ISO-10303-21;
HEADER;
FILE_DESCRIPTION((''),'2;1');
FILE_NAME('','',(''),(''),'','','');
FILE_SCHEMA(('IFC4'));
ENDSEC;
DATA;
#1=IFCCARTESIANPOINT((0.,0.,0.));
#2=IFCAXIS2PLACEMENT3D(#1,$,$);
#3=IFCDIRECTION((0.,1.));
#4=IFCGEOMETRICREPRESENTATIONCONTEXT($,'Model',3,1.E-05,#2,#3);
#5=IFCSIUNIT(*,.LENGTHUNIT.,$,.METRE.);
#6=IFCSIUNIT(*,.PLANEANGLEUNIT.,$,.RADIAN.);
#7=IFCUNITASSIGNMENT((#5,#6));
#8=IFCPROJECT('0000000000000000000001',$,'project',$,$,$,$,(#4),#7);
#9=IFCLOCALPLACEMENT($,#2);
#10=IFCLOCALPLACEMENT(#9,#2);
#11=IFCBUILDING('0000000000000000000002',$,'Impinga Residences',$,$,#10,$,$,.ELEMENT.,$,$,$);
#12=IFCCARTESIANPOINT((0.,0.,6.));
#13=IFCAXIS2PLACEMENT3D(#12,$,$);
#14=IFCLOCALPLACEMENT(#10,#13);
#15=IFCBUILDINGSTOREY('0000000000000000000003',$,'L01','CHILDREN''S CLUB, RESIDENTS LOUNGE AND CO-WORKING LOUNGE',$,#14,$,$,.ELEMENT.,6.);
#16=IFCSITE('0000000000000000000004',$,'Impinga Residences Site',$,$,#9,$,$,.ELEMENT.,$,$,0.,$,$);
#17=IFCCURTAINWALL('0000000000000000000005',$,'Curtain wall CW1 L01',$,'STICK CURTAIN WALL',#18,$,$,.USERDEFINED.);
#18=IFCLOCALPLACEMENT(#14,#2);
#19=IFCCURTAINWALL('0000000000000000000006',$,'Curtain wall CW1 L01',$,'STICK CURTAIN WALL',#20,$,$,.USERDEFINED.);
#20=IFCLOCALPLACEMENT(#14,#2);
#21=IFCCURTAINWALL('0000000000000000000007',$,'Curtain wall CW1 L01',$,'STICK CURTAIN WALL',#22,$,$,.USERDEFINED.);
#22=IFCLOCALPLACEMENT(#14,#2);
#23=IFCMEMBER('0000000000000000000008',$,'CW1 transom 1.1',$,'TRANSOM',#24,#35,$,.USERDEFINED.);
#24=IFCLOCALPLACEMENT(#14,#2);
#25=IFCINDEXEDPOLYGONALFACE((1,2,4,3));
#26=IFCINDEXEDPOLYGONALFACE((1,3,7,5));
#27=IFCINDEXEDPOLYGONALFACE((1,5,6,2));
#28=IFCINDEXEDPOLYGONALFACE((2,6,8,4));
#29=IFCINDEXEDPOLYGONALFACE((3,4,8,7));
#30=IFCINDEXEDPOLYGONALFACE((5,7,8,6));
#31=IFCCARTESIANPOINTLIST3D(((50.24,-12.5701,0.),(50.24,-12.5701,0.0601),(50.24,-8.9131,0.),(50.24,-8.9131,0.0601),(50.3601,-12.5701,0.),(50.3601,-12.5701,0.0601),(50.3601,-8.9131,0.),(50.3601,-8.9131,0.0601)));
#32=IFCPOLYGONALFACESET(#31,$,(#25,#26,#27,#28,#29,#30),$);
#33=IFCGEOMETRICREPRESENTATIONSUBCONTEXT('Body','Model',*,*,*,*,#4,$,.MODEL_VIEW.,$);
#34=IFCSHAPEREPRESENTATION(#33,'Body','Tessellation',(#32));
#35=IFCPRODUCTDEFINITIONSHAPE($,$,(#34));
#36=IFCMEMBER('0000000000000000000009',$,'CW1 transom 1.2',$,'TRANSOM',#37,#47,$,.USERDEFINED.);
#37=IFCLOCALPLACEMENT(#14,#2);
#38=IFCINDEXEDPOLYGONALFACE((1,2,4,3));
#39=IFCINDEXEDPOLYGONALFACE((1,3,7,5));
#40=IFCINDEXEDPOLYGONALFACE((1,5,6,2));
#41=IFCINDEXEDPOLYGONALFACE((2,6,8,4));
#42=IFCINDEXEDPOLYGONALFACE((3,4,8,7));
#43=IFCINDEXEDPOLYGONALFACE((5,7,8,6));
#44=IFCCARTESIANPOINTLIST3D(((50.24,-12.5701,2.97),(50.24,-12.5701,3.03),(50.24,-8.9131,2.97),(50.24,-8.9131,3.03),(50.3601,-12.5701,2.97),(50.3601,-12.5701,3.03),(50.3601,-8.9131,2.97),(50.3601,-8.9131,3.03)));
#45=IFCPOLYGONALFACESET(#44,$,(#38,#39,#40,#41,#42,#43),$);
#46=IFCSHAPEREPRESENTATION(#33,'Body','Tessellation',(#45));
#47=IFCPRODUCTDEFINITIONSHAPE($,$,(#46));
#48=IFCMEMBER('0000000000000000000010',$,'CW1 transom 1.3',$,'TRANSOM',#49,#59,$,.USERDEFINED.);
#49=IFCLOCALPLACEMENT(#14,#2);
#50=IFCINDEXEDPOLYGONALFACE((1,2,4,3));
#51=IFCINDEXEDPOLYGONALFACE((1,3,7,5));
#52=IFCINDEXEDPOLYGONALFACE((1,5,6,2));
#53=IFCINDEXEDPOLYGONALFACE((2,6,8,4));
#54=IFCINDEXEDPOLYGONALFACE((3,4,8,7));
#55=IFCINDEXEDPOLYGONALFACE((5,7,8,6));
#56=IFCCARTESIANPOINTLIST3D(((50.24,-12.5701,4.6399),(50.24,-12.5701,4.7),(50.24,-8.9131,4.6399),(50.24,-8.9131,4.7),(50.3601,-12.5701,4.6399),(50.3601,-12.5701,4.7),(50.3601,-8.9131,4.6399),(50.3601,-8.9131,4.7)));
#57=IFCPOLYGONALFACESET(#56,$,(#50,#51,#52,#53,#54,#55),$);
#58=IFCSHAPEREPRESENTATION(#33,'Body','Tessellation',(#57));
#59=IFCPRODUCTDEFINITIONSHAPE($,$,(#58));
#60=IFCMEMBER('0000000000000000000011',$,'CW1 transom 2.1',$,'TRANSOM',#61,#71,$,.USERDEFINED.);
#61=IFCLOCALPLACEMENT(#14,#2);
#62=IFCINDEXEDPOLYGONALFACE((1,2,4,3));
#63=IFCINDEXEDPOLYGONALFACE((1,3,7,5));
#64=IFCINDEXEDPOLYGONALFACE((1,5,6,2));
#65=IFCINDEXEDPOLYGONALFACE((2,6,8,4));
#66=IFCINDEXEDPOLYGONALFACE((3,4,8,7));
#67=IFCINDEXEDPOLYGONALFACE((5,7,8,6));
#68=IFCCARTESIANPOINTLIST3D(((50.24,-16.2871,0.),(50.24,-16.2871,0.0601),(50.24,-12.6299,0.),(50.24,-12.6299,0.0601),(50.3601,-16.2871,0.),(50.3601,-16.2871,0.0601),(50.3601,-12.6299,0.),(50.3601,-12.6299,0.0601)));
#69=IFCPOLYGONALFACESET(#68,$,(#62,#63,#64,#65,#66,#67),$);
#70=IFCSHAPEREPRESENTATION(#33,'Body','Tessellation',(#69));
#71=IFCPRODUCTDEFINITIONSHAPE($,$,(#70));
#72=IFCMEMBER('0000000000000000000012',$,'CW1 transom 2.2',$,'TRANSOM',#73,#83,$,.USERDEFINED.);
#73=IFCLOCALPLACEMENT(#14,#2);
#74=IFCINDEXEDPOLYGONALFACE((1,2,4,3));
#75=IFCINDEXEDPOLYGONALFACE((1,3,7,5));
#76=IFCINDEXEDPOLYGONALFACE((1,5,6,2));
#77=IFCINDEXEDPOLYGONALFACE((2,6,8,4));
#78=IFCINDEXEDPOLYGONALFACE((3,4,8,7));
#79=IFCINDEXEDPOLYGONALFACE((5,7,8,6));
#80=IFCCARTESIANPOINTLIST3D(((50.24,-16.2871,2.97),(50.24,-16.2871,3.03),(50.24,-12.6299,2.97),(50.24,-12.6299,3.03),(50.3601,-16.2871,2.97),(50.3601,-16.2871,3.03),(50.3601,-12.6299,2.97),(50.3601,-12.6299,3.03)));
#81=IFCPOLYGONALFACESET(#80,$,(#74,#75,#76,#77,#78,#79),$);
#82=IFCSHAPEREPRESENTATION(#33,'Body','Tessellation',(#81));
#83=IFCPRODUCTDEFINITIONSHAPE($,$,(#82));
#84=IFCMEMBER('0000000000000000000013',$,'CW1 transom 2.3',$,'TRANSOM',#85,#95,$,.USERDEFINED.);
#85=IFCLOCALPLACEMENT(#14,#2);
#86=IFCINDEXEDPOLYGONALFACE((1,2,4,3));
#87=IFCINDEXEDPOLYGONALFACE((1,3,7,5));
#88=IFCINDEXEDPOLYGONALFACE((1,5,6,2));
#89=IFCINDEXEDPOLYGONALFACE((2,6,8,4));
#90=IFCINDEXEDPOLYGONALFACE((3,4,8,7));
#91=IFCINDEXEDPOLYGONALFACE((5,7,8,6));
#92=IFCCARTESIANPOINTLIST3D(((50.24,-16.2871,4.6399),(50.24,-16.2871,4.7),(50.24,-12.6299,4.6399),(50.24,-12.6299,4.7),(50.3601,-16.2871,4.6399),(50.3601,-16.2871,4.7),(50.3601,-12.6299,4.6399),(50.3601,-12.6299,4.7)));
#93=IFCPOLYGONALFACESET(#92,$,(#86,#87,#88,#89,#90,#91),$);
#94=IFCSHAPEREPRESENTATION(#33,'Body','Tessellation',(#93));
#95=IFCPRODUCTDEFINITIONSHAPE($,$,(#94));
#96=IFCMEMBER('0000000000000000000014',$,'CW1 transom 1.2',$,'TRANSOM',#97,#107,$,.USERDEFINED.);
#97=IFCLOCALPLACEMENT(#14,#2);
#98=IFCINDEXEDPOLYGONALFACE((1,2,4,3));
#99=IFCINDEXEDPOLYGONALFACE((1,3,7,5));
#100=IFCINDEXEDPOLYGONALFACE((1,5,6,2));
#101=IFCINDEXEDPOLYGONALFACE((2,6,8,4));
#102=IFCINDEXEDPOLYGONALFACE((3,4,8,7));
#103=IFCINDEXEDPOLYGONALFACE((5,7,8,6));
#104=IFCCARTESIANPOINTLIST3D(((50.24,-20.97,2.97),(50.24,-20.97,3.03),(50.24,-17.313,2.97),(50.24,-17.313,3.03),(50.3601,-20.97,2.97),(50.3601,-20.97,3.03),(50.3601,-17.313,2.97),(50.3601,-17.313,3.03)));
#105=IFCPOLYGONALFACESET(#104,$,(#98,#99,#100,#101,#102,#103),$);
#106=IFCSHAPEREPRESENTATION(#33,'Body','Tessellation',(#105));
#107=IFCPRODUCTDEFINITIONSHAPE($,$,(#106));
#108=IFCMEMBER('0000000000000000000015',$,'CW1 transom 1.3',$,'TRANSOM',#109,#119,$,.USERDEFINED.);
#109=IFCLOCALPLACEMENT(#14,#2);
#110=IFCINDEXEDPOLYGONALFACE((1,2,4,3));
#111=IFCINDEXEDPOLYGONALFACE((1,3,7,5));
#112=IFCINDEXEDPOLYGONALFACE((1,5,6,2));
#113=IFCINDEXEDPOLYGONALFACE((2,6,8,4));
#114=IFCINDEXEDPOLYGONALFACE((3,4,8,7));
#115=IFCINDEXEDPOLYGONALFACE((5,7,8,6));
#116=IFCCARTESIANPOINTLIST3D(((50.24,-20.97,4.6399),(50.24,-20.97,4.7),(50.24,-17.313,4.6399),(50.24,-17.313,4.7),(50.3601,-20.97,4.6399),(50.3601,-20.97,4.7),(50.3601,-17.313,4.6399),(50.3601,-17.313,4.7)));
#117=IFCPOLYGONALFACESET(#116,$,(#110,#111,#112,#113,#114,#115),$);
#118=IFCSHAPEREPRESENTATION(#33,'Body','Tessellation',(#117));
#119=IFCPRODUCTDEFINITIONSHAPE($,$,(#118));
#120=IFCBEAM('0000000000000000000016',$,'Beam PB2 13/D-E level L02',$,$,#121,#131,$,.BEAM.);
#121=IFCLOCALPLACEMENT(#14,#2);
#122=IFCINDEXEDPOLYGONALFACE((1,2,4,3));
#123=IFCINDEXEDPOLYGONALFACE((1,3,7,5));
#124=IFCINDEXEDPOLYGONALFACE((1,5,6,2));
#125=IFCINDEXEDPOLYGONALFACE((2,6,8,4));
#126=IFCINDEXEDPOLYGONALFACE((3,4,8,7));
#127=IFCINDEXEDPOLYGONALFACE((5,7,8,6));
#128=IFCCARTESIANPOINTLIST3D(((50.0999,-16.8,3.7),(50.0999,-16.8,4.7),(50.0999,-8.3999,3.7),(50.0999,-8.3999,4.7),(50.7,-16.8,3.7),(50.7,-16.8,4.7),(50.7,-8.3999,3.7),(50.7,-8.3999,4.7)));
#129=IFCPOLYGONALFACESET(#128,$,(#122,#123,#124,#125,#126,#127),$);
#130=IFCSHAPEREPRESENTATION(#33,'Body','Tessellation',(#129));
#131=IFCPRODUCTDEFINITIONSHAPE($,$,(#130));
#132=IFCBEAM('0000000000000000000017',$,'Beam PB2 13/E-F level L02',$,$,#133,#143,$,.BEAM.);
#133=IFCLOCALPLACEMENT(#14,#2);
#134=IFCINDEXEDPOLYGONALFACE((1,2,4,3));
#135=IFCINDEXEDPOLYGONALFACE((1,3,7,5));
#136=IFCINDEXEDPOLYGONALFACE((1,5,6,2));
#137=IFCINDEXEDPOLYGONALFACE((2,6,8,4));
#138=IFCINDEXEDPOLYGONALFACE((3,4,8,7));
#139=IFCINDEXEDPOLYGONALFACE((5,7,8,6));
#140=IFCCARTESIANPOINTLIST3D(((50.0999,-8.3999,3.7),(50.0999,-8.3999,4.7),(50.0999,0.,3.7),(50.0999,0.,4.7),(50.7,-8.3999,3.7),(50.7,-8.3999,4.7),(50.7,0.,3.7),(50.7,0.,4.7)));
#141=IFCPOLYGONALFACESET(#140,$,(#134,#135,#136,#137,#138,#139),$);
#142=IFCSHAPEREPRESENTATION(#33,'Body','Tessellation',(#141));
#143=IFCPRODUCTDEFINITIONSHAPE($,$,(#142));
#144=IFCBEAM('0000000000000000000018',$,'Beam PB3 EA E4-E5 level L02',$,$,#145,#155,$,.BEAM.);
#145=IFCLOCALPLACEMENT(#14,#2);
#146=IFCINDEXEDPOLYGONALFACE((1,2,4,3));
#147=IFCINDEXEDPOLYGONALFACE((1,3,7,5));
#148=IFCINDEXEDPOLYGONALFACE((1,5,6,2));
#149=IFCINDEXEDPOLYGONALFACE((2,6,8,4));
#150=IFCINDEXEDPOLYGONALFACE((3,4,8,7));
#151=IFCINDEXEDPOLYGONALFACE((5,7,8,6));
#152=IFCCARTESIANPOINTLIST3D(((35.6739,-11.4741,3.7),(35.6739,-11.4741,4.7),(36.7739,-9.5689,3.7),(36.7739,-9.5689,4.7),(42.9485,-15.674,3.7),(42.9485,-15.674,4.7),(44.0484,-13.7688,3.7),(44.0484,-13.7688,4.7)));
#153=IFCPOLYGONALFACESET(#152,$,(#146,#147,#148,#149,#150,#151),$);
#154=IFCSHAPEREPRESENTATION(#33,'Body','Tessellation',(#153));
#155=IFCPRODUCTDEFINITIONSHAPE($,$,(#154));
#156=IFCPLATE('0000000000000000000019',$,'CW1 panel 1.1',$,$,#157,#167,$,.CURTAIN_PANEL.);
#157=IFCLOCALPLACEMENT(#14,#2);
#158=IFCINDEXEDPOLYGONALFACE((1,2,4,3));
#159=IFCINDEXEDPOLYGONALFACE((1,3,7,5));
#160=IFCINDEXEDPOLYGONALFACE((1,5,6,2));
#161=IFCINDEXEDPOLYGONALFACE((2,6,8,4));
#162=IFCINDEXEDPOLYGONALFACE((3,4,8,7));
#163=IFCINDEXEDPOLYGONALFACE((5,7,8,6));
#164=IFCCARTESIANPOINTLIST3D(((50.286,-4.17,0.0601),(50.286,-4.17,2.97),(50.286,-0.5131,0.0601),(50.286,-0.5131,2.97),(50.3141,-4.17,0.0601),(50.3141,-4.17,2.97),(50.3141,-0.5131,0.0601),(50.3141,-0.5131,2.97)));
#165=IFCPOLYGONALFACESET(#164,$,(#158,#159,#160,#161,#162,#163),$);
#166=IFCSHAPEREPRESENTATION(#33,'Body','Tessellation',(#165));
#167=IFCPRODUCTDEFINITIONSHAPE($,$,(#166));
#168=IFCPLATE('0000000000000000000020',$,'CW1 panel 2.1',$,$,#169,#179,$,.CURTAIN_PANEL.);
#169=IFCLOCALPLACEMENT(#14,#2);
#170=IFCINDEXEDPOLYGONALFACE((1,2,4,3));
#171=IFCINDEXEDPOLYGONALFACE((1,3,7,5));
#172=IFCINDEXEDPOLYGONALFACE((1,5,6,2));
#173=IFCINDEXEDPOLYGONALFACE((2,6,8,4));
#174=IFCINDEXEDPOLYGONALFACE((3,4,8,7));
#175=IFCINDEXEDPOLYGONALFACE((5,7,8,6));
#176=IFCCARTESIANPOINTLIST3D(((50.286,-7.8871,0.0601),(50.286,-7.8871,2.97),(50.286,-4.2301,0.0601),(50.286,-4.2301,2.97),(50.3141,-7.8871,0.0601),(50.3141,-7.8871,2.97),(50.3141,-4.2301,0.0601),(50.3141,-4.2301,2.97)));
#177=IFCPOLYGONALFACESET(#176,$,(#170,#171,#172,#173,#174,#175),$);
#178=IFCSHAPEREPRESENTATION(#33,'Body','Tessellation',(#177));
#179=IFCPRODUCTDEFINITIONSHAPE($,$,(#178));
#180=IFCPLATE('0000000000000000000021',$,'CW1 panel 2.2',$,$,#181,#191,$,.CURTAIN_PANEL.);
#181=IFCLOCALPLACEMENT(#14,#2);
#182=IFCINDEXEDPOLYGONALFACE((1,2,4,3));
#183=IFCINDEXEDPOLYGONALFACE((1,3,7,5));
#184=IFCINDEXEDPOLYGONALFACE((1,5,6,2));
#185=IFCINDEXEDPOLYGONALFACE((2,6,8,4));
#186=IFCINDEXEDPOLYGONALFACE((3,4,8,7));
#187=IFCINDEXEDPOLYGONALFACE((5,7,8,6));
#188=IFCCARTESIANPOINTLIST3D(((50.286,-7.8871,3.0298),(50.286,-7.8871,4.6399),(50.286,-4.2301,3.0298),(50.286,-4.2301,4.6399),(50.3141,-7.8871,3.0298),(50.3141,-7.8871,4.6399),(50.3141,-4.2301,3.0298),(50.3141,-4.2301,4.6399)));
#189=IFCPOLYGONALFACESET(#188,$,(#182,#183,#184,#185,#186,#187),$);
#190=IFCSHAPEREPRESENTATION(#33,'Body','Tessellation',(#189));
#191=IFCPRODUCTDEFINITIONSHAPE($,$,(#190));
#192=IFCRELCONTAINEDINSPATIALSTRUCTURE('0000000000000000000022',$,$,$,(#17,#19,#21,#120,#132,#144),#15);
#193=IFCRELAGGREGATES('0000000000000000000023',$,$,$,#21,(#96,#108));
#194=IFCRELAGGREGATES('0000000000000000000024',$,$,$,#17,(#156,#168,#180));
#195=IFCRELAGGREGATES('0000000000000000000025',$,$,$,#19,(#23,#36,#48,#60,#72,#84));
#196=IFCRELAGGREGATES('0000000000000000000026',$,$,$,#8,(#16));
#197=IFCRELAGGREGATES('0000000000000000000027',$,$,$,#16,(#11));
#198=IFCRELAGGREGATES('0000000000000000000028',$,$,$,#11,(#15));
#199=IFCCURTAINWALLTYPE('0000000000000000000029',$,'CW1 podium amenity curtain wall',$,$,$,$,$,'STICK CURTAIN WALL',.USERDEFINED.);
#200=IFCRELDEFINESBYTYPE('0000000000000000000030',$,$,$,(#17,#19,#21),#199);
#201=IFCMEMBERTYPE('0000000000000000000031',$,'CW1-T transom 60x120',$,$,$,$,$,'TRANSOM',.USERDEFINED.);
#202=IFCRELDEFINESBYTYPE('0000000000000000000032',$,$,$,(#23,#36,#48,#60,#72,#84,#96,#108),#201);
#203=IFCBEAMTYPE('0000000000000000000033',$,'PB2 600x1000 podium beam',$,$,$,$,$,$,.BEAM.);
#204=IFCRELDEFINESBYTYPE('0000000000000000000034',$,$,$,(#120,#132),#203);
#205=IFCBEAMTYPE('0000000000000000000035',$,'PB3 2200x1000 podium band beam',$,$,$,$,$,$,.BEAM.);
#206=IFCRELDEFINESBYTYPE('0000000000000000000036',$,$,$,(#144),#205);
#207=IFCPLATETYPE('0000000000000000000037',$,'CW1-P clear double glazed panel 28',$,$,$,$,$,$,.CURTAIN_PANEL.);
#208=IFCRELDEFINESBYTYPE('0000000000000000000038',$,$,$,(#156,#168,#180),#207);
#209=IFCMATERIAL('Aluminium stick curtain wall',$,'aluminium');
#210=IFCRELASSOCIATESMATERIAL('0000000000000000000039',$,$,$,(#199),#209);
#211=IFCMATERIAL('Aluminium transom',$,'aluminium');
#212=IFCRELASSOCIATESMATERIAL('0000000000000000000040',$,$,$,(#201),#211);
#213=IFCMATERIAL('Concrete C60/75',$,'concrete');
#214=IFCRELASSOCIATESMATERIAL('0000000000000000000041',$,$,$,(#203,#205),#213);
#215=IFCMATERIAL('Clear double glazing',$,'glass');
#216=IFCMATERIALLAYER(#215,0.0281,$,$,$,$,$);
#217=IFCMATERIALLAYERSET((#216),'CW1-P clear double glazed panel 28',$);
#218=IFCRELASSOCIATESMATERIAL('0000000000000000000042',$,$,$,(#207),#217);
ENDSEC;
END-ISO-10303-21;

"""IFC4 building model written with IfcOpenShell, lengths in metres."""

from ifc_helpers import new_model, si_unit, direction, frame, origin, origin_2d, place, context, subcontext, project, spatial, rectangle, extrude, material, layer, layer_set, material_profile, profile_set, type_object, element, aggregate, save


model = new_model("IFC4")

# Units and contexts
model_context = context("Model", 3, precision=1e-05, world=origin(), true_north=direction((0.0, 1.0)))
body_context = subcontext(model_context, "Body", "Model", "MODEL_VIEW")
ifc_project = project(units=[si_unit("LENGTHUNIT", "METRE"), si_unit("PLANEANGLEUNIT", "RADIAN")], contexts=[model_context])

# Site, building, storey
site_placement = place(None, origin())
site = spatial("IfcSite", under=ifc_project, at=site_placement, Name="Impinga Residences Site", CompositionType="ELEMENT", RefElevation=0.0)
building_placement = place(site_placement, origin())
building = spatial("IfcBuilding", under=site, at=building_placement, Name="Impinga Residences", CompositionType="ELEMENT")
storey_placement = place(building_placement, frame((0.0, 0.0, 6.0)))
storey = spatial("IfcBuildingStorey", under=building, at=storey_placement, Name="L01", Description="CHILDREN'S CLUB, RESIDENTS LOUNGE AND CO-WORKING LOUNGE", CompositionType="ELEMENT", Elevation=6.0)

# Shared definitions
ifc_material_1 = material(Name="Concrete C60/75", Category="concrete")

# Curtain walls
ifc_material_2 = material(Name="Aluminium stick curtain wall", Category="aluminium")
curtain_wall_type = type_object("IfcCurtainWallType", Name="CW1 podium amenity curtain wall", ElementType="STICK CURTAIN WALL", PredefinedType="USERDEFINED", material=ifc_material_2)
curtain_wall_1_placement = place(storey_placement, origin())
curtain_wall_1 = element("IfcCurtainWall", 1, at=curtain_wall_1_placement, inside=storey, type_object=curtain_wall_type, Name="Curtain wall CW1 L01", ObjectType="STICK CURTAIN WALL", PredefinedType="USERDEFINED")
curtain_wall_2_placement = place(storey_placement, origin())
curtain_wall_2 = element("IfcCurtainWall", 2, at=curtain_wall_2_placement, inside=storey, type_object=curtain_wall_type, Name="Curtain wall CW1 L01", ObjectType="STICK CURTAIN WALL", PredefinedType="USERDEFINED")

# Curtain wall
curtain_wall_3_placement = place(storey_placement, origin())
curtain_wall_3 = element("IfcCurtainWall", 3, at=curtain_wall_3_placement, inside=storey, type_object=curtain_wall_type, Name="Curtain wall CW1 L01", ObjectType="STICK CURTAIN WALL", PredefinedType="USERDEFINED")

# Members
ifc_material_3 = material(Name="Aluminium transom", Category="aluminium")
ifc_material_profile_1 = material_profile(ifc_material_3, rectangle(XDim=0.0601, YDim=0.1201, at=origin_2d()), Name="60x120 transom")
ifc_profile_set_1 = profile_set([ifc_material_profile_1], Name="Aluminium transom")
member_type_1 = type_object("IfcMemberType", Name="CW1-T transom 60x120", ElementType="TRANSOM", PredefinedType="USERDEFINED", material=ifc_profile_set_1)
member_1_placement = place(storey_placement, frame((50.3, -8.9131, 0.03), z_axis=(0.0, -1.0, 0.0), x_axis=(0.0, 0.0, 1.0)))
member_1 = element("IfcMember", 4, at=member_1_placement, type_object=member_type_1, Name="CW1 transom 1.1", ObjectType="TRANSOM", PredefinedType="USERDEFINED", context=body_context, shape_type="SweptSolid", body=[
    extrude(rectangle(XDim=0.0601, YDim=0.1201, at=origin_2d()), origin(), (0.0, 0.0, 1.0), 3.657),
])
member_2_placement = place(storey_placement, frame((50.3, -8.9131, 3.0), z_axis=(0.0, -1.0, 0.0), x_axis=(0.0, 0.0, 1.0)))
member_2 = element("IfcMember", 5, at=member_2_placement, type_object=member_type_1, Name="CW1 transom 1.2", ObjectType="TRANSOM", PredefinedType="USERDEFINED", context=body_context, shape_type="SweptSolid", body=[
    extrude(rectangle(XDim=0.0601, YDim=0.1201, at=origin_2d()), origin(), (0.0, 0.0, 1.0), 3.657),
])
member_3_placement = place(storey_placement, frame((50.3, -8.9131, 4.6699), z_axis=(0.0, -1.0, 0.0), x_axis=(0.0, 0.0, 1.0)))
member_3 = element("IfcMember", 6, at=member_3_placement, type_object=member_type_1, Name="CW1 transom 1.3", ObjectType="TRANSOM", PredefinedType="USERDEFINED", context=body_context, shape_type="SweptSolid", body=[
    extrude(rectangle(XDim=0.0601, YDim=0.1201, at=origin_2d()), origin(), (0.0, 0.0, 1.0), 3.657),
])
member_4_placement = place(storey_placement, frame((50.3, -12.6299, 0.03), z_axis=(0.0, -1.0, 0.0), x_axis=(0.0, 0.0, 1.0)))
member_4 = element("IfcMember", 7, at=member_4_placement, type_object=member_type_1, Name="CW1 transom 2.1", ObjectType="TRANSOM", PredefinedType="USERDEFINED", context=body_context, shape_type="SweptSolid", body=[
    extrude(rectangle(XDim=0.0601, YDim=0.1201, at=origin_2d()), origin(), (0.0, 0.0, 1.0), 3.6572),
])
member_5_placement = place(storey_placement, frame((50.3, -12.6299, 3.0), z_axis=(0.0, -1.0, 0.0), x_axis=(0.0, 0.0, 1.0)))
member_5 = element("IfcMember", 8, at=member_5_placement, type_object=member_type_1, Name="CW1 transom 2.2", ObjectType="TRANSOM", PredefinedType="USERDEFINED", context=body_context, shape_type="SweptSolid", body=[
    extrude(rectangle(XDim=0.0601, YDim=0.1201, at=origin_2d()), origin(), (0.0, 0.0, 1.0), 3.6572),
])
member_6_placement = place(storey_placement, frame((50.3, -12.6299, 4.6699), z_axis=(0.0, -1.0, 0.0), x_axis=(0.0, 0.0, 1.0)))
member_6 = element("IfcMember", 9, at=member_6_placement, type_object=member_type_1, Name="CW1 transom 2.3", ObjectType="TRANSOM", PredefinedType="USERDEFINED", context=body_context, shape_type="SweptSolid", body=[
    extrude(rectangle(XDim=0.0601, YDim=0.1201, at=origin_2d()), origin(), (0.0, 0.0, 1.0), 3.6572),
])
member_7_placement = place(storey_placement, frame((50.3, -17.313, 3.0), z_axis=(0.0, -1.0, 0.0), x_axis=(0.0, 0.0, 1.0)))
member_7 = element("IfcMember", 10, at=member_7_placement, type_object=member_type_1, Name="CW1 transom 1.2", ObjectType="TRANSOM", PredefinedType="USERDEFINED", context=body_context, shape_type="SweptSolid", body=[
    extrude(rectangle(XDim=0.0601, YDim=0.1201, at=origin_2d()), origin(), (0.0, 0.0, 1.0), 3.657),
])
member_8_placement = place(storey_placement, frame((50.3, -17.313, 4.6699), z_axis=(0.0, -1.0, 0.0), x_axis=(0.0, 0.0, 1.0)))
member_8 = element("IfcMember", 11, at=member_8_placement, type_object=member_type_1, Name="CW1 transom 1.3", ObjectType="TRANSOM", PredefinedType="USERDEFINED", context=body_context, shape_type="SweptSolid", body=[
    extrude(rectangle(XDim=0.0601, YDim=0.1201, at=origin_2d()), origin(), (0.0, 0.0, 1.0), 3.657),
])
aggregate(curtain_wall_3, [member_7, member_8])

# Beams
ifc_material_profile_2 = material_profile(ifc_material_1, rectangle(XDim=0.6001, YDim=1.0, at=origin_2d()), Name="RC 600x1000")
ifc_profile_set_2 = profile_set([ifc_material_profile_2], Name="Concrete C60/75")
beam_type_1 = type_object("IfcBeamType", Name="PB2 600x1000 podium beam", PredefinedType="BEAM", material=ifc_profile_set_2)
beam_1_placement = place(storey_placement, frame((50.3999, -16.8, 4.2), z_axis=(0.0, 1.0, 0.0), x_axis=(-1.0, 0.0, 0.0)))
element("IfcBeam", 12, at=beam_1_placement, inside=storey, type_object=beam_type_1, Name="Beam PB2 13/D-E level L02", PredefinedType="BEAM", context=body_context, shape_type="SweptSolid", body=[
    extrude(rectangle(XDim=0.6001, YDim=1.0, at=origin_2d()), origin(), (0.0, 0.0, 1.0), 8.4001),
])
beam_2_placement = place(storey_placement, frame((50.3999, -8.3999, 4.2), z_axis=(0.0, 1.0, 0.0), x_axis=(-1.0, 0.0, 0.0)))
element("IfcBeam", 13, at=beam_2_placement, inside=storey, type_object=beam_type_1, Name="Beam PB2 13/E-F level L02", PredefinedType="BEAM", context=body_context, shape_type="SweptSolid", body=[
    extrude(rectangle(XDim=0.6001, YDim=1.0, at=origin_2d()), origin(), (0.0, 0.0, 1.0), 8.3999),
])
ifc_material_profile_3 = material_profile(ifc_material_1, rectangle(XDim=2.2, YDim=1.0, at=origin_2d()), Name="RC 2200x1000")
ifc_profile_set_3 = profile_set([ifc_material_profile_3], Name="Concrete C60/75")
beam_type_2 = type_object("IfcBeamType", Name="PB3 2200x1000 podium band beam", PredefinedType="BEAM", material=ifc_profile_set_3)
beam_3_placement = place(storey_placement, frame((36.2239, -10.5215, 4.2), z_axis=(0.866029, -0.499993, 0.0), x_axis=(0.499993, 0.866029, 0.0)))
element("IfcBeam", 14, at=beam_3_placement, inside=storey, type_object=beam_type_2, Name="Beam PB3 EA E4-E5 level L02", PredefinedType="BEAM", context=body_context, shape_type="SweptSolid", body=[
    extrude(rectangle(XDim=2.2, YDim=1.0, at=origin_2d()), origin(), (0.0, 0.0, 1.0), 8.3999),
])

# Plates
ifc_material_4 = material(Name="Clear double glazing", Category="glass")
ifc_layer = layer(ifc_material_4, 0.0281)
ifc_layer_set = layer_set([ifc_layer], Name="CW1-P clear double glazed panel 28")
plate_type = type_object("IfcPlateType", Name="CW1-P clear double glazed panel 28", PredefinedType="CURTAIN_PANEL", material=ifc_layer_set)
plate_1_placement = place(storey_placement, frame((50.3, -2.3416, 0.0601), z_axis=(0.0, 0.0, 1.0), x_axis=(0.0, -1.0, 0.0)))
plate_1 = element("IfcPlate", 15, at=plate_1_placement, type_object=plate_type, Name="CW1 panel 1.1", PredefinedType="CURTAIN_PANEL", context=body_context, shape_type="SweptSolid", body=[
    extrude(rectangle(XDim=3.657, YDim=0.0281, at=origin_2d()), origin(), (0.0, 0.0, 1.0), 2.9099),
])
plate_2_placement = place(storey_placement, frame((50.3, -6.0586, 0.0601), z_axis=(0.0, 0.0, 1.0), x_axis=(0.0, -1.0, 0.0)))
plate_2 = element("IfcPlate", 16, at=plate_2_placement, type_object=plate_type, Name="CW1 panel 2.1", PredefinedType="CURTAIN_PANEL", context=body_context, shape_type="SweptSolid", body=[
    extrude(rectangle(XDim=3.657, YDim=0.0281, at=origin_2d()), origin(), (0.0, 0.0, 1.0), 2.9099),
])
plate_3_placement = place(storey_placement, frame((50.3, -6.0586, 3.0298), z_axis=(0.0, 0.0, 1.0), x_axis=(0.0, -1.0, 0.0)))
plate_3 = element("IfcPlate", 17, at=plate_3_placement, type_object=plate_type, Name="CW1 panel 2.2", PredefinedType="CURTAIN_PANEL", context=body_context, shape_type="SweptSolid", body=[
    extrude(rectangle(XDim=3.657, YDim=0.0281, at=origin_2d()), origin(), (0.0, 0.0, 1.0), 1.6101),
])
aggregate(curtain_wall_1, [plate_1, plate_2, plate_3])
aggregate(curtain_wall_2, [member_1, member_2, member_3, member_4, member_5, member_6])

save(model, "model.ifc")
